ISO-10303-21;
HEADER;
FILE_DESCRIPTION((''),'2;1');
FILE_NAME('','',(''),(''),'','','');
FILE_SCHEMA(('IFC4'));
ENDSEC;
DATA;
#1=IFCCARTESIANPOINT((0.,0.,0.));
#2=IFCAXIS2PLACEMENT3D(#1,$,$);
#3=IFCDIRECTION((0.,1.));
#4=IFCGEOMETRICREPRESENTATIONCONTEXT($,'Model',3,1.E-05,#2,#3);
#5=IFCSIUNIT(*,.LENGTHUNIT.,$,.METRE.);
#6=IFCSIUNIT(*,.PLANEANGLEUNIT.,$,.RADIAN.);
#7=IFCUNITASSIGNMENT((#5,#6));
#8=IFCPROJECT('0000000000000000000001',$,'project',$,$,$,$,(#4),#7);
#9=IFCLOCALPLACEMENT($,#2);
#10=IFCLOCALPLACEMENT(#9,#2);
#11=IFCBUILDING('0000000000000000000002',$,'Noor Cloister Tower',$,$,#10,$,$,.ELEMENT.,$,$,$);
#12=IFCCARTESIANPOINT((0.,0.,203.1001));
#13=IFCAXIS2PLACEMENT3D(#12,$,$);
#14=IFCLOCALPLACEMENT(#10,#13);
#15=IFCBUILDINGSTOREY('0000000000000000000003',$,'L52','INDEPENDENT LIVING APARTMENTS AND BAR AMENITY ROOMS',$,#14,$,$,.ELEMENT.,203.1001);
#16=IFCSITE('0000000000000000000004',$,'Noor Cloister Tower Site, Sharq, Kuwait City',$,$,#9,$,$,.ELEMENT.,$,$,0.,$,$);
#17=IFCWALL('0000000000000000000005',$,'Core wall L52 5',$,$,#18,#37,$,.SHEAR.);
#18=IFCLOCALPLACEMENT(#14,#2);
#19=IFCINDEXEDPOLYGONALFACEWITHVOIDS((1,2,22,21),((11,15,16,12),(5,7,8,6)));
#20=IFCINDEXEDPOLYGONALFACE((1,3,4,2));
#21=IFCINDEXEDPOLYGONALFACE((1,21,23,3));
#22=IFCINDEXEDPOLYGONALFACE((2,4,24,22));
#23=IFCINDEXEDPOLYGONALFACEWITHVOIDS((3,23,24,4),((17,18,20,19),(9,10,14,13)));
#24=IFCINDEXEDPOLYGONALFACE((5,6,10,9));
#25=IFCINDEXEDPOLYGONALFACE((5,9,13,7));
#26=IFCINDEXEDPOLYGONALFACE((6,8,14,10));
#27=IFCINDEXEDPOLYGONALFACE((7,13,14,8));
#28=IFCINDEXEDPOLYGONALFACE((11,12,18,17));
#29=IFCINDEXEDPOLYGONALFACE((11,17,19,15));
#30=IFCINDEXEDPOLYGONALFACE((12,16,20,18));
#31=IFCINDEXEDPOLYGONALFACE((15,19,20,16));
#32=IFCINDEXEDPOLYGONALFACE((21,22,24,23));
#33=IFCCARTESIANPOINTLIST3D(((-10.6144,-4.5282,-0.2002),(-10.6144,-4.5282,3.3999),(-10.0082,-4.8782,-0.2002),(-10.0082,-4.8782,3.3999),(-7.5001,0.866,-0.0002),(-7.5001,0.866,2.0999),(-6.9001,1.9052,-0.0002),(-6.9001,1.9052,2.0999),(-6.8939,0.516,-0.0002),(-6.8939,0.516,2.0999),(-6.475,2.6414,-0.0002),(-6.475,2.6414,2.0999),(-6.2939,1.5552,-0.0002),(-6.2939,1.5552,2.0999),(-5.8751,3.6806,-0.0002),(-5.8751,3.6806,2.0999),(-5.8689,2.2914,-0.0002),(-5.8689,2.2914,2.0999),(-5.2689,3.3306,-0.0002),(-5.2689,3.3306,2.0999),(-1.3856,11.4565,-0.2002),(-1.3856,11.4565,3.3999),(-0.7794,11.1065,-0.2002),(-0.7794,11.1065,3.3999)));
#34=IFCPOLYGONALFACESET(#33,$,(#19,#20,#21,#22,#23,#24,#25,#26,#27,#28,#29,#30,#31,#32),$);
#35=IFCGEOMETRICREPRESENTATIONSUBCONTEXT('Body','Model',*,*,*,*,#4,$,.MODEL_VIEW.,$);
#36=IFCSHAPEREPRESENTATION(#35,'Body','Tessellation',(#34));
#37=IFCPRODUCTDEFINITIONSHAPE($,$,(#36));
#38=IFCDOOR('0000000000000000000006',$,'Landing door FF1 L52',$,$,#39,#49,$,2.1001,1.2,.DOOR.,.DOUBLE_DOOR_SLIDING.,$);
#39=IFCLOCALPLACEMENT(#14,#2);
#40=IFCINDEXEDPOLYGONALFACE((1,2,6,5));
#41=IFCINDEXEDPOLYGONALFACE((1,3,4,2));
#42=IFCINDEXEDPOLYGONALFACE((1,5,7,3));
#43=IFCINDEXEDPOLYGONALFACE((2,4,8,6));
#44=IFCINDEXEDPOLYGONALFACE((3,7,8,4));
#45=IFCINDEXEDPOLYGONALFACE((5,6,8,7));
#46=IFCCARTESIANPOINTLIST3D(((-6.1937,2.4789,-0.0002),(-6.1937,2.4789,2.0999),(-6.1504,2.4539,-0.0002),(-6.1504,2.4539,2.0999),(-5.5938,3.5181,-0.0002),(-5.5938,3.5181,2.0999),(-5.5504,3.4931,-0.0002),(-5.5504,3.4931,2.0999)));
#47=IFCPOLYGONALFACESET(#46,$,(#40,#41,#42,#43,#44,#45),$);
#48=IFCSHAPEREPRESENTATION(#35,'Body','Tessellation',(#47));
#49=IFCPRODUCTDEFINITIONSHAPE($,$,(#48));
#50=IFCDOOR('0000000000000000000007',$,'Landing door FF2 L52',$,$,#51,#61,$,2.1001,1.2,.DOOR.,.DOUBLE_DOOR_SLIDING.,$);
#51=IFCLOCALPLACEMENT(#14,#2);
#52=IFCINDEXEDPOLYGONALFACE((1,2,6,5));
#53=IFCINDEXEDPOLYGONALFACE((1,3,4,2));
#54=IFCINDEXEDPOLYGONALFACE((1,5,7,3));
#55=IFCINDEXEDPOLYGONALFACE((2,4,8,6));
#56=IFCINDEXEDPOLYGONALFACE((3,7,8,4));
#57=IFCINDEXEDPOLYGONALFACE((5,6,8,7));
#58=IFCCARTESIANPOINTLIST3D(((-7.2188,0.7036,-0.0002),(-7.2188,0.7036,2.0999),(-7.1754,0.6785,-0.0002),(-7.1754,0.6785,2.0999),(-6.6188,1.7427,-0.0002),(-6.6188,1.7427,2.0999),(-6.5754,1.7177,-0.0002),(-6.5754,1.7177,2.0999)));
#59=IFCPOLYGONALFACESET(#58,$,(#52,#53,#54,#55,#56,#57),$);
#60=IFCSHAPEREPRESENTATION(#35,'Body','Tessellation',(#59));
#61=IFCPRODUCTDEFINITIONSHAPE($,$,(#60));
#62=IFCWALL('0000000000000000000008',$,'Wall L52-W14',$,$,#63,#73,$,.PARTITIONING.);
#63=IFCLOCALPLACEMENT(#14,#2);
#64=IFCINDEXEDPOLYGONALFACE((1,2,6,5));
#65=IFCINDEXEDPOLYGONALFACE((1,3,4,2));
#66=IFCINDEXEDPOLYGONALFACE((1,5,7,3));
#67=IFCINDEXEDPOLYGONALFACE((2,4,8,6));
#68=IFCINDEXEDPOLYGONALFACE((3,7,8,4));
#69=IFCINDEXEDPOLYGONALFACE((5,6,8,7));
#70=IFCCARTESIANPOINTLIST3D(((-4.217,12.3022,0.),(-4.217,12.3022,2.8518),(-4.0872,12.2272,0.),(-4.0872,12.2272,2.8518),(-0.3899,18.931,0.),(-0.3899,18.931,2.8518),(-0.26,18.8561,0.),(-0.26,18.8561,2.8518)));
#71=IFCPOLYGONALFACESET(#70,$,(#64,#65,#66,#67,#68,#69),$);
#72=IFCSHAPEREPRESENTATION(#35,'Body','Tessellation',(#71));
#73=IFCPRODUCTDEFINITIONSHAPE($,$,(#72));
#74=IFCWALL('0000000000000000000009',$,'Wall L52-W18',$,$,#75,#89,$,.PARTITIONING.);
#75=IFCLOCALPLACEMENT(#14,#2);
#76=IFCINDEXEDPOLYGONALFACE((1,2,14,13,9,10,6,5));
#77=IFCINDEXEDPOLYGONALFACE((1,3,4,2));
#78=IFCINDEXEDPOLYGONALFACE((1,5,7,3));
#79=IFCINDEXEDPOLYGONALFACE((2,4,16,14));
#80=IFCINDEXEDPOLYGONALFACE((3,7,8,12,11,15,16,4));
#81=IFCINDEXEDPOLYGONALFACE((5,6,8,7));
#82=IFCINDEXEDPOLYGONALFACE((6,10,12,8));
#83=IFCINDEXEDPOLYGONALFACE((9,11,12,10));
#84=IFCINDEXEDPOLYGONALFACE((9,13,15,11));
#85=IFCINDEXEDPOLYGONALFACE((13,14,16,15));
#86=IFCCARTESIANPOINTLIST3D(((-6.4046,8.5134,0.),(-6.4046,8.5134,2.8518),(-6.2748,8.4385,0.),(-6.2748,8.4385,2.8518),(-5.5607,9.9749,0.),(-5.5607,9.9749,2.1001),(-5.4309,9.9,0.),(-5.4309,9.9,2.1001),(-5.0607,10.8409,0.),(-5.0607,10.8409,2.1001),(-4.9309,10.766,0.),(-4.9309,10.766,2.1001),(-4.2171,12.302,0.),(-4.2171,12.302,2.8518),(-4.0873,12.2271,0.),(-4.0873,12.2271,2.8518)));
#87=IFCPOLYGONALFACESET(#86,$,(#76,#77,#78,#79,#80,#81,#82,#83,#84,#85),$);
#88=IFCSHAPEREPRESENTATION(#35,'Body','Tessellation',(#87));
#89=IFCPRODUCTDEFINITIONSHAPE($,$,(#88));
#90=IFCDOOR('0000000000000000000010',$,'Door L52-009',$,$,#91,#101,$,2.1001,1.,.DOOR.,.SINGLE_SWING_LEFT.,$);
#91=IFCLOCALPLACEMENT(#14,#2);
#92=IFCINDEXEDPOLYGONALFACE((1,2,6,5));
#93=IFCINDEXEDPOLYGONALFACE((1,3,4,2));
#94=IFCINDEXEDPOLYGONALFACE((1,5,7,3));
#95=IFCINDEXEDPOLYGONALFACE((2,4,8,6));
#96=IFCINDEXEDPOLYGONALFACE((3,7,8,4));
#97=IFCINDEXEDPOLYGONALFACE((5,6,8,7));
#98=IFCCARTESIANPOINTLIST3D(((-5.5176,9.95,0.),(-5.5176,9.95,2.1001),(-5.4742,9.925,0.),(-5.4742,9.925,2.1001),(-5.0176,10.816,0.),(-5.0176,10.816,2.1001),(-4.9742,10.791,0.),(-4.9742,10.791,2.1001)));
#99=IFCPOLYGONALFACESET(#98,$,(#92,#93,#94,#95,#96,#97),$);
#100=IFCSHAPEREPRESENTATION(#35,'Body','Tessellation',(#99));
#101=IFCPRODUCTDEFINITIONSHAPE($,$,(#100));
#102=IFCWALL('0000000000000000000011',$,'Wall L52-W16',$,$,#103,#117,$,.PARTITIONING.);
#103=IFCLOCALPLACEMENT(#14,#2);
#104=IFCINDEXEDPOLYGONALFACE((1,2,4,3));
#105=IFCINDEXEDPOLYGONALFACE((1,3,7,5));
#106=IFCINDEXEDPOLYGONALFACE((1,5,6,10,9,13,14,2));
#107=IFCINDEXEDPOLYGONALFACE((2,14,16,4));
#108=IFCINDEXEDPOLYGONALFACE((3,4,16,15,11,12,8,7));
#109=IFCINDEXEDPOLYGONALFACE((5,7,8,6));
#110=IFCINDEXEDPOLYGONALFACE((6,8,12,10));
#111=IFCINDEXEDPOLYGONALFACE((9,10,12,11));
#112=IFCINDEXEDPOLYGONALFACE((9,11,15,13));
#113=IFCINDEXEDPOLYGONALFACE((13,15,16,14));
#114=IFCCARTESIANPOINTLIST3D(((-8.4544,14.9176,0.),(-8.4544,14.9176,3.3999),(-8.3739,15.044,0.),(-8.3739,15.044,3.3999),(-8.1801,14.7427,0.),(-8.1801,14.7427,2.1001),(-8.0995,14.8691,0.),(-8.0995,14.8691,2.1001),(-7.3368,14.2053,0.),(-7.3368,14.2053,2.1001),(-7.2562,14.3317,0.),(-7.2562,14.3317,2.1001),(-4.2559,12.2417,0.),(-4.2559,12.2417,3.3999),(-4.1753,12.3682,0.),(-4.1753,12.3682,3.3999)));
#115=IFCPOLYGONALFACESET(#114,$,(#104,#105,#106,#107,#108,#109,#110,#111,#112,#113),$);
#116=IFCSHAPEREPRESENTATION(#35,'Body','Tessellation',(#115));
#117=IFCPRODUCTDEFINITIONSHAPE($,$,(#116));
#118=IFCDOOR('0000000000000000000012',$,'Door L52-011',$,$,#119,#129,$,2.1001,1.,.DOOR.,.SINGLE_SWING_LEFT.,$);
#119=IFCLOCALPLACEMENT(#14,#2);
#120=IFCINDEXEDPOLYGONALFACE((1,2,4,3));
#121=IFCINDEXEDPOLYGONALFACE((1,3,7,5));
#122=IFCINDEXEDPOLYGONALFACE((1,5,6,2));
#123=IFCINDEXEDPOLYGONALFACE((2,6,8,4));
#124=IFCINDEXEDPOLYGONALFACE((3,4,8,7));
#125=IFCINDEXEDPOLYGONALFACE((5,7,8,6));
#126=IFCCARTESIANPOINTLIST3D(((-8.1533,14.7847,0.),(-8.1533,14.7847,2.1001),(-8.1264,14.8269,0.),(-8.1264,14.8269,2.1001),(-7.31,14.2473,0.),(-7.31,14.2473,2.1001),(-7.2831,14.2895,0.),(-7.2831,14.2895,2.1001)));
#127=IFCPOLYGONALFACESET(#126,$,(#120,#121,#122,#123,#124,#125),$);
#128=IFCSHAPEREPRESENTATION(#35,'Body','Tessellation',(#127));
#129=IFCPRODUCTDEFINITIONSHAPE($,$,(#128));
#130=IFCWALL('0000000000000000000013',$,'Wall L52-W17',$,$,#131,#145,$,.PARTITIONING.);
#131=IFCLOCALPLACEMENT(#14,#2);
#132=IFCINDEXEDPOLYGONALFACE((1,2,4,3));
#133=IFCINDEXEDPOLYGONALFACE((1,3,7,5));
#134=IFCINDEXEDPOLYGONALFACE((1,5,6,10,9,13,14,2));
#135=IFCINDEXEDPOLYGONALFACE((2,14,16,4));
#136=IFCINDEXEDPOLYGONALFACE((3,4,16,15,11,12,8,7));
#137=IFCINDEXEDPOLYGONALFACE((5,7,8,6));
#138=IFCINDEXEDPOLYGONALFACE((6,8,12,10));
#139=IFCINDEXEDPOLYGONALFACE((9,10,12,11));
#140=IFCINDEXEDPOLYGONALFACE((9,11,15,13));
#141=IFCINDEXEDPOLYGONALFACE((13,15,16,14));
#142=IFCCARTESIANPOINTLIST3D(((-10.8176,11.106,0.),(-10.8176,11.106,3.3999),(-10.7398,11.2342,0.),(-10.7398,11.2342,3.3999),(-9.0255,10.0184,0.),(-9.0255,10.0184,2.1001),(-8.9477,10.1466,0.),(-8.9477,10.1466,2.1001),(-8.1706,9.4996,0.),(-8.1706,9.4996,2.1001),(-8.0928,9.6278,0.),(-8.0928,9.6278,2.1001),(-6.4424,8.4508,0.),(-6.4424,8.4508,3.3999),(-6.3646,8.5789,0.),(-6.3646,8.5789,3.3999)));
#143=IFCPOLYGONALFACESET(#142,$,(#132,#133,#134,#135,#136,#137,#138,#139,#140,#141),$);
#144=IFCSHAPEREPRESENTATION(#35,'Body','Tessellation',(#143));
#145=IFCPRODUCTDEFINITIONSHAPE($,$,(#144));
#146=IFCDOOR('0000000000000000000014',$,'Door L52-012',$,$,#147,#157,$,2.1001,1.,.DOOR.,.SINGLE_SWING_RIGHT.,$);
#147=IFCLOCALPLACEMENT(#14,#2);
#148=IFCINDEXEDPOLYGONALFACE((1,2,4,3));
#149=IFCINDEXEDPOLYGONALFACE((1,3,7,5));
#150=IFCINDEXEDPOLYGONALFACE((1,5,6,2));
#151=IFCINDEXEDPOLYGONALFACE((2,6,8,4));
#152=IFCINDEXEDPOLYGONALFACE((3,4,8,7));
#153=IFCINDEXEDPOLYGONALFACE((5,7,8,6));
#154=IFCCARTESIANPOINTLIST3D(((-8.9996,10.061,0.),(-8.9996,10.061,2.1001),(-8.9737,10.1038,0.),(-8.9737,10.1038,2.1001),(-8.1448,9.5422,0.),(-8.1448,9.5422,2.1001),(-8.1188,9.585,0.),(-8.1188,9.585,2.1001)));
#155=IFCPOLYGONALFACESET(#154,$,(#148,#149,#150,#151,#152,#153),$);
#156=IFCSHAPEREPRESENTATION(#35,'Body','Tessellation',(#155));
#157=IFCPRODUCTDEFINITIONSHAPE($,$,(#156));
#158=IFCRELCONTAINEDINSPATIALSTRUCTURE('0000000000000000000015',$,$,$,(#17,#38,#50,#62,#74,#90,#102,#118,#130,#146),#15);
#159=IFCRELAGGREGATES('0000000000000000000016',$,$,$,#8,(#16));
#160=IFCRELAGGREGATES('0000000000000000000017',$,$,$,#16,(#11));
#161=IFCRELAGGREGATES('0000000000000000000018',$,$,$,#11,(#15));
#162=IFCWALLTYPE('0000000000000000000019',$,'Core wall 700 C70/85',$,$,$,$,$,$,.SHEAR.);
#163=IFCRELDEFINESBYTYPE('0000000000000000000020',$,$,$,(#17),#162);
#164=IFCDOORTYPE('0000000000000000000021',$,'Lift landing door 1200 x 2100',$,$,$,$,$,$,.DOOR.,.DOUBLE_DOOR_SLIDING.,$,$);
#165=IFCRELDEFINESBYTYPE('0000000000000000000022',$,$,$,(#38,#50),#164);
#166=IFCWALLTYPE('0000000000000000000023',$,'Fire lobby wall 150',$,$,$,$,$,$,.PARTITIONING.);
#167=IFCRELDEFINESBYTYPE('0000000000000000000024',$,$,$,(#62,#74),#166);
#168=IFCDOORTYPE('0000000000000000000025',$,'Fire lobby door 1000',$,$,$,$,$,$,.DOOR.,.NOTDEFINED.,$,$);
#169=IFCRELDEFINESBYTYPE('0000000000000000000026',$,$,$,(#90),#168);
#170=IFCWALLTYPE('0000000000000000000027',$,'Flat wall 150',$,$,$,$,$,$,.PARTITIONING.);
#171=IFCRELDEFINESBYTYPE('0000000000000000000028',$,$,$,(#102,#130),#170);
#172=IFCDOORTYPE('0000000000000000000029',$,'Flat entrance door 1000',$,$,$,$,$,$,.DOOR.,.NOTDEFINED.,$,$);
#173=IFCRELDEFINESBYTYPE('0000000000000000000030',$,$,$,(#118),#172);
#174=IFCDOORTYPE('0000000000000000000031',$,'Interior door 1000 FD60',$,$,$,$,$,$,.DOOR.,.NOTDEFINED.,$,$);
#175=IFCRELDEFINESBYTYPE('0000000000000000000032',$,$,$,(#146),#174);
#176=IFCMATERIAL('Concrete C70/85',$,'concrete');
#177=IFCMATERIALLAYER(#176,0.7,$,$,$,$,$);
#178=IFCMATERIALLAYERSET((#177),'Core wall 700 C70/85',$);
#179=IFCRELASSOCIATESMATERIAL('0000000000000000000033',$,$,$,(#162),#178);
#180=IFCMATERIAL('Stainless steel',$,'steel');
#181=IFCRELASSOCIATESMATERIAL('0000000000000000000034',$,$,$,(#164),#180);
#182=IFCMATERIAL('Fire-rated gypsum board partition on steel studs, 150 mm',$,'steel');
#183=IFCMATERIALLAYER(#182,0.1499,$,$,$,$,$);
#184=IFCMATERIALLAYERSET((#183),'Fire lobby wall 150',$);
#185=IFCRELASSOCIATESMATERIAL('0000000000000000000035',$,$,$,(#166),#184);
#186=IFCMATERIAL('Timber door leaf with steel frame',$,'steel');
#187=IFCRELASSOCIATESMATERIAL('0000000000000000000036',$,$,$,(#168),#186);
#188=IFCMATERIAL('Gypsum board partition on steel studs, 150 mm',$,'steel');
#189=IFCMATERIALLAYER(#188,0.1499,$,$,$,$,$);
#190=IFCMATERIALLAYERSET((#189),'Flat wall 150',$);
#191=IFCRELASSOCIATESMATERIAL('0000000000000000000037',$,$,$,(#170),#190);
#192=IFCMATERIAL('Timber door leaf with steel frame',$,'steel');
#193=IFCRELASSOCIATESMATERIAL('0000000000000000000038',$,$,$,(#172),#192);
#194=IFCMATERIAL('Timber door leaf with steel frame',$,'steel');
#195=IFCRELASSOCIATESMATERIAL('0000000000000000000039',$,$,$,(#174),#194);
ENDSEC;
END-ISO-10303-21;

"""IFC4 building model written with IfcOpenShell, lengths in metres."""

from ifc_helpers import new_model, si_unit, direction, frame, frame_2d, origin, place, context, subcontext, project, spatial, rectangle, extrude, material, layer, layer_set, type_object, element, fill, save


model = new_model("IFC4")

# Units and contexts
model_context = context("Model", 3, precision=1e-05, world=origin(), true_north=direction((0.0, 1.0)))
body_context = subcontext(model_context, "Body", "Model", "MODEL_VIEW")
ifc_project = project(units=[si_unit("LENGTHUNIT", "METRE"), si_unit("PLANEANGLEUNIT", "RADIAN")], contexts=[model_context])

# Site, building, storey
site_placement = place(None, origin())
site = spatial("IfcSite", under=ifc_project, at=site_placement, Name="Noor Cloister Tower Site, Sharq, Kuwait City", CompositionType="ELEMENT", RefElevation=0.0)
building_placement = place(site_placement, origin())
building = spatial("IfcBuilding", under=site, at=building_placement, Name="Noor Cloister Tower", CompositionType="ELEMENT")
storey_placement = place(building_placement, frame((0.0, 0.0, 203.1001)))
storey = spatial("IfcBuildingStorey", under=building, at=storey_placement, Name="L52", Description="INDEPENDENT LIVING APARTMENTS AND BAR AMENITY ROOMS", CompositionType="ELEMENT", Elevation=203.1001)

# Wall, openings, doors
ifc_material_1 = material(Name="Concrete C70/85", Category="concrete")
ifc_layer_1 = layer(ifc_material_1, 0.7)
ifc_layer_set_1 = layer_set([ifc_layer_1], Name="Core wall 700 C70/85")
wall_type_1 = type_object("IfcWallType", Name="Core wall 700 C70/85", PredefinedType="SHEAR", material=ifc_layer_set_1)
wall_1_placement = place(storey_placement, frame((-1.0825, 11.2815, -0.2002), z_axis=(0.0, 0.0, 1.0), x_axis=(-0.500001, -0.866025, 0.0)))
wall_1 = element("IfcWall", 1, at=wall_1_placement, inside=storey, type_object=wall_type_1, Name="Core wall L52 5", PredefinedType="SHEAR", context=body_context, shape_type="SweptSolid", body=[
    extrude(rectangle(XDim=18.4575, YDim=0.7, at=frame_2d((9.2288, 0.0))), origin(), (0.0, 0.0, 1.0), 3.6001),
])
opening_1_placement = place(wall_1_placement, frame((8.9788, 0.0, 0.2)))
opening_1 = element("IfcOpeningElement", 2, at=opening_1_placement, cuts=wall_1, PredefinedType="OPENING", context=body_context, shape_type="SweptSolid", body=[
    extrude(rectangle(XDim=1.2, YDim=2.1001, at=frame_2d((0.6001, 1.05))), frame((0.0, 0.3599, 0.0), z_axis=(0.0, -1.0, 0.0), x_axis=(1.0, 0.0, 0.0)), (0.0, 0.0, 1.0), 0.72),
])
opening_2_placement = place(wall_1_placement, frame((11.0288, 0.0, 0.2)))
opening_2 = element("IfcOpeningElement", 3, at=opening_2_placement, cuts=wall_1, PredefinedType="OPENING", context=body_context, shape_type="SweptSolid", body=[
    extrude(rectangle(XDim=1.2, YDim=2.1001, at=frame_2d((0.6001, 1.05))), frame((0.0, 0.3599, 0.0), z_axis=(0.0, -1.0, 0.0), x_axis=(1.0, 0.0, 0.0)), (0.0, 0.0, 1.0), 0.72),
])
ifc_material_2 = material(Name="Stainless steel", Category="steel")
door_type_1 = type_object("IfcDoorType", Name="Lift landing door 1200 x 2100", OperationType="DOUBLE_DOOR_SLIDING", PredefinedType="DOOR", material=ifc_material_2)
door_1_placement = place(opening_1_placement, origin())
door_1 = element("IfcDoor", 4, at=door_1_placement, inside=storey, type_object=door_type_1, Name="Landing door FF1 L52", OperationType="DOUBLE_DOOR_SLIDING", OverallHeight=2.1001, OverallWidth=1.2, PredefinedType="DOOR", context=body_context, shape_type="SweptSolid", body=[
    extrude(rectangle(XDim=1.2, YDim=2.1001, at=frame_2d((0.6001, 1.05))), frame((0.0, 0.0249, 0.0), z_axis=(0.0, -1.0, 0.0), x_axis=(1.0, 0.0, 0.0)), (0.0, 0.0, 1.0), 0.05),
])
fill(opening_1, door_1)
door_2_placement = place(opening_2_placement, origin())
door_2 = element("IfcDoor", 5, at=door_2_placement, inside=storey, type_object=door_type_1, Name="Landing door FF2 L52", OperationType="DOUBLE_DOOR_SLIDING", OverallHeight=2.1001, OverallWidth=1.2, PredefinedType="DOOR", context=body_context, shape_type="SweptSolid", body=[
    extrude(rectangle(XDim=1.2, YDim=2.1001, at=frame_2d((0.6001, 1.05))), frame((0.0, 0.0249, 0.0), z_axis=(0.0, -1.0, 0.0), x_axis=(1.0, 0.0, 0.0)), (0.0, 0.0, 1.0), 0.05),
])
fill(opening_2, door_2)

# Wall
ifc_material_3 = material(Name="Fire-rated gypsum board partition on steel studs, 150 mm", Category="steel")
ifc_layer_2 = layer(ifc_material_3, 0.1499)
ifc_layer_set_2 = layer_set([ifc_layer_2], Name="Fire lobby wall 150")
wall_type_2 = type_object("IfcWallType", Name="Fire lobby wall 150", PredefinedType="PARTITIONING", material=ifc_layer_set_2)
wall_2_placement = place(storey_placement, frame((-0.325, 18.8936, 0.0), z_axis=(0.0, 0.0, 1.0), x_axis=(-0.499995, -0.866028, 0.0)))
element("IfcWall", 6, at=wall_2_placement, inside=storey, type_object=wall_type_2, Name="Wall L52-W14", PredefinedType="PARTITIONING", context=body_context, shape_type="SweptSolid", body=[
    extrude(rectangle(XDim=7.6543, YDim=0.1499, at=frame_2d((3.8271, 0.0))), origin(), (0.0, 0.0, 1.0), 2.8518),
])

# Walls, openings, doors
wall_3_placement = place(storey_placement, frame((-4.1521, 12.2646, 0.0), z_axis=(0.0, 0.0, 1.0), x_axis=(-0.500028, -0.866009, 0.0)))
wall_3 = element("IfcWall", 7, at=wall_3_placement, inside=storey, type_object=wall_type_2, Name="Wall L52-W18", PredefinedType="PARTITIONING", context=body_context, shape_type="SweptSolid", body=[
    extrude(rectangle(XDim=4.3748, YDim=0.1499, at=frame_2d((2.1875, 0.0))), origin(), (0.0, 0.0, 1.0), 2.8518),
])
opening_3_placement = place(wall_3_placement, frame((1.6873, 0.0, 0.0)))
opening_3 = element("IfcOpeningElement", 8, at=opening_3_placement, cuts=wall_3, PredefinedType="OPENING", context=body_context, shape_type="SweptSolid", body=[
    extrude(rectangle(XDim=1.0, YDim=2.1001, at=frame_2d((0.5, 1.05))), frame((0.0, 0.085, 0.0), z_axis=(0.0, -1.0, 0.0), x_axis=(1.0, 0.0, 0.0)), (0.0, 0.0, 1.0), 0.1699),
])
ifc_material_4 = material(Name="Timber door leaf with steel frame", Category="steel")
door_type_2 = type_object("IfcDoorType", Name="Fire lobby door 1000", OperationType="NOTDEFINED", PredefinedType="DOOR", material=ifc_material_4)
door_3_placement = place(opening_3_placement, origin())
door_3 = element("IfcDoor", 9, at=door_3_placement, inside=storey, type_object=door_type_2, Name="Door L52-009", OperationType="SINGLE_SWING_LEFT", OverallHeight=2.1001, OverallWidth=1.0, PredefinedType="DOOR", context=body_context, shape_type="SweptSolid", body=[
    extrude(rectangle(XDim=1.0, YDim=2.1001, at=frame_2d((0.5, 1.05))), frame((0.0, 0.0249, 0.0), z_axis=(0.0, -1.0, 0.0), x_axis=(1.0, 0.0, 0.0)), (0.0, 0.0, 1.0), 0.05),
])
fill(opening_3, door_3)
ifc_material_5 = material(Name="Gypsum board partition on steel studs, 150 mm", Category="steel")
ifc_layer_3 = layer(ifc_material_5, 0.1499)
ifc_layer_set_3 = layer_set([ifc_layer_3], Name="Flat wall 150")
wall_type_3 = type_object("IfcWallType", Name="Flat wall 150", PredefinedType="PARTITIONING", material=ifc_layer_set_3)
wall_4_placement = place(storey_placement, frame((-8.4141, 14.9807, 0.0), z_axis=(0.0, 0.0, 1.0), x_axis=(0.843296, -0.53745, 0.0)))
wall_4 = element("IfcWall", 10, at=wall_4_placement, inside=storey, type_object=wall_type_3, Name="Wall L52-W16", PredefinedType="PARTITIONING", context=body_context, shape_type="SweptSolid", body=[
    extrude(rectangle(XDim=4.9788, YDim=0.1499, at=frame_2d((2.4893, 0.0))), origin(), (0.0, 0.0, 1.0), 3.3999),
])
opening_4_placement = place(wall_4_placement, frame((0.3252, 0.0, 0.0)))
opening_4 = element("IfcOpeningElement", 11, at=opening_4_placement, cuts=wall_4, PredefinedType="OPENING", context=body_context, shape_type="SweptSolid", body=[
    extrude(rectangle(XDim=1.0, YDim=2.1001, at=frame_2d((0.5, 1.05))), frame((0.0, 0.085, 0.0), z_axis=(0.0, -1.0, 0.0), x_axis=(1.0, 0.0, 0.0)), (0.0, 0.0, 1.0), 0.1699),
])
ifc_material_6 = material(Name="Timber door leaf with steel frame", Category="steel")
door_type_3 = type_object("IfcDoorType", Name="Flat entrance door 1000", OperationType="NOTDEFINED", PredefinedType="DOOR", material=ifc_material_6)
door_4_placement = place(opening_4_placement, origin())
door_4 = element("IfcDoor", 12, at=door_4_placement, inside=storey, type_object=door_type_3, Name="Door L52-011", OperationType="SINGLE_SWING_LEFT", OverallHeight=2.1001, OverallWidth=1.0, PredefinedType="DOOR", context=body_context, shape_type="SweptSolid", body=[
    extrude(rectangle(XDim=1.0, YDim=2.1001, at=frame_2d((0.5, 1.05))), frame((0.0, 0.0249, 0.0), z_axis=(0.0, -1.0, 0.0), x_axis=(1.0, 0.0, 0.0)), (0.0, 0.0, 1.0), 0.05),
])
fill(opening_4, door_4)
wall_5_placement = place(storey_placement, frame((-10.7788, 11.1702, 0.0), z_axis=(0.0, 0.0, 1.0), x_axis=(0.854885, -0.518818, 0.0)))
wall_5 = element("IfcWall", 13, at=wall_5_placement, inside=storey, type_object=wall_type_3, Name="Wall L52-W17", PredefinedType="PARTITIONING", context=body_context, shape_type="SweptSolid", body=[
    extrude(rectangle(XDim=5.1179, YDim=0.1499, at=frame_2d((2.5591, 0.0))), origin(), (0.0, 0.0, 1.0), 3.3999),
])
opening_5_placement = place(wall_5_placement, frame((2.0964, 0.0, 0.0)))
opening_5 = element("IfcOpeningElement", 14, at=opening_5_placement, cuts=wall_5, PredefinedType="OPENING", context=body_context, shape_type="SweptSolid", body=[
    extrude(rectangle(XDim=1.0, YDim=2.1001, at=frame_2d((0.5, 1.05))), frame((0.0, 0.085, 0.0), z_axis=(0.0, -1.0, 0.0), x_axis=(1.0, 0.0, 0.0)), (0.0, 0.0, 1.0), 0.1699),
])
ifc_material_7 = material(Name="Timber door leaf with steel frame", Category="steel")
door_type_4 = type_object("IfcDoorType", Name="Interior door 1000 FD60", OperationType="NOTDEFINED", PredefinedType="DOOR", material=ifc_material_7)
door_5_placement = place(opening_5_placement, origin())
door_5 = element("IfcDoor", 15, at=door_5_placement, inside=storey, type_object=door_type_4, Name="Door L52-012", OperationType="SINGLE_SWING_RIGHT", OverallHeight=2.1001, OverallWidth=1.0, PredefinedType="DOOR", context=body_context, shape_type="SweptSolid", body=[
    extrude(rectangle(XDim=1.0, YDim=2.1001, at=frame_2d((0.5, 1.05))), frame((0.0, 0.0249, 0.0), z_axis=(0.0, -1.0, 0.0), x_axis=(1.0, 0.0, 0.0)), (0.0, 0.0, 1.0), 0.05),
])
fill(opening_5, door_5)

save(model, "model.ifc")
